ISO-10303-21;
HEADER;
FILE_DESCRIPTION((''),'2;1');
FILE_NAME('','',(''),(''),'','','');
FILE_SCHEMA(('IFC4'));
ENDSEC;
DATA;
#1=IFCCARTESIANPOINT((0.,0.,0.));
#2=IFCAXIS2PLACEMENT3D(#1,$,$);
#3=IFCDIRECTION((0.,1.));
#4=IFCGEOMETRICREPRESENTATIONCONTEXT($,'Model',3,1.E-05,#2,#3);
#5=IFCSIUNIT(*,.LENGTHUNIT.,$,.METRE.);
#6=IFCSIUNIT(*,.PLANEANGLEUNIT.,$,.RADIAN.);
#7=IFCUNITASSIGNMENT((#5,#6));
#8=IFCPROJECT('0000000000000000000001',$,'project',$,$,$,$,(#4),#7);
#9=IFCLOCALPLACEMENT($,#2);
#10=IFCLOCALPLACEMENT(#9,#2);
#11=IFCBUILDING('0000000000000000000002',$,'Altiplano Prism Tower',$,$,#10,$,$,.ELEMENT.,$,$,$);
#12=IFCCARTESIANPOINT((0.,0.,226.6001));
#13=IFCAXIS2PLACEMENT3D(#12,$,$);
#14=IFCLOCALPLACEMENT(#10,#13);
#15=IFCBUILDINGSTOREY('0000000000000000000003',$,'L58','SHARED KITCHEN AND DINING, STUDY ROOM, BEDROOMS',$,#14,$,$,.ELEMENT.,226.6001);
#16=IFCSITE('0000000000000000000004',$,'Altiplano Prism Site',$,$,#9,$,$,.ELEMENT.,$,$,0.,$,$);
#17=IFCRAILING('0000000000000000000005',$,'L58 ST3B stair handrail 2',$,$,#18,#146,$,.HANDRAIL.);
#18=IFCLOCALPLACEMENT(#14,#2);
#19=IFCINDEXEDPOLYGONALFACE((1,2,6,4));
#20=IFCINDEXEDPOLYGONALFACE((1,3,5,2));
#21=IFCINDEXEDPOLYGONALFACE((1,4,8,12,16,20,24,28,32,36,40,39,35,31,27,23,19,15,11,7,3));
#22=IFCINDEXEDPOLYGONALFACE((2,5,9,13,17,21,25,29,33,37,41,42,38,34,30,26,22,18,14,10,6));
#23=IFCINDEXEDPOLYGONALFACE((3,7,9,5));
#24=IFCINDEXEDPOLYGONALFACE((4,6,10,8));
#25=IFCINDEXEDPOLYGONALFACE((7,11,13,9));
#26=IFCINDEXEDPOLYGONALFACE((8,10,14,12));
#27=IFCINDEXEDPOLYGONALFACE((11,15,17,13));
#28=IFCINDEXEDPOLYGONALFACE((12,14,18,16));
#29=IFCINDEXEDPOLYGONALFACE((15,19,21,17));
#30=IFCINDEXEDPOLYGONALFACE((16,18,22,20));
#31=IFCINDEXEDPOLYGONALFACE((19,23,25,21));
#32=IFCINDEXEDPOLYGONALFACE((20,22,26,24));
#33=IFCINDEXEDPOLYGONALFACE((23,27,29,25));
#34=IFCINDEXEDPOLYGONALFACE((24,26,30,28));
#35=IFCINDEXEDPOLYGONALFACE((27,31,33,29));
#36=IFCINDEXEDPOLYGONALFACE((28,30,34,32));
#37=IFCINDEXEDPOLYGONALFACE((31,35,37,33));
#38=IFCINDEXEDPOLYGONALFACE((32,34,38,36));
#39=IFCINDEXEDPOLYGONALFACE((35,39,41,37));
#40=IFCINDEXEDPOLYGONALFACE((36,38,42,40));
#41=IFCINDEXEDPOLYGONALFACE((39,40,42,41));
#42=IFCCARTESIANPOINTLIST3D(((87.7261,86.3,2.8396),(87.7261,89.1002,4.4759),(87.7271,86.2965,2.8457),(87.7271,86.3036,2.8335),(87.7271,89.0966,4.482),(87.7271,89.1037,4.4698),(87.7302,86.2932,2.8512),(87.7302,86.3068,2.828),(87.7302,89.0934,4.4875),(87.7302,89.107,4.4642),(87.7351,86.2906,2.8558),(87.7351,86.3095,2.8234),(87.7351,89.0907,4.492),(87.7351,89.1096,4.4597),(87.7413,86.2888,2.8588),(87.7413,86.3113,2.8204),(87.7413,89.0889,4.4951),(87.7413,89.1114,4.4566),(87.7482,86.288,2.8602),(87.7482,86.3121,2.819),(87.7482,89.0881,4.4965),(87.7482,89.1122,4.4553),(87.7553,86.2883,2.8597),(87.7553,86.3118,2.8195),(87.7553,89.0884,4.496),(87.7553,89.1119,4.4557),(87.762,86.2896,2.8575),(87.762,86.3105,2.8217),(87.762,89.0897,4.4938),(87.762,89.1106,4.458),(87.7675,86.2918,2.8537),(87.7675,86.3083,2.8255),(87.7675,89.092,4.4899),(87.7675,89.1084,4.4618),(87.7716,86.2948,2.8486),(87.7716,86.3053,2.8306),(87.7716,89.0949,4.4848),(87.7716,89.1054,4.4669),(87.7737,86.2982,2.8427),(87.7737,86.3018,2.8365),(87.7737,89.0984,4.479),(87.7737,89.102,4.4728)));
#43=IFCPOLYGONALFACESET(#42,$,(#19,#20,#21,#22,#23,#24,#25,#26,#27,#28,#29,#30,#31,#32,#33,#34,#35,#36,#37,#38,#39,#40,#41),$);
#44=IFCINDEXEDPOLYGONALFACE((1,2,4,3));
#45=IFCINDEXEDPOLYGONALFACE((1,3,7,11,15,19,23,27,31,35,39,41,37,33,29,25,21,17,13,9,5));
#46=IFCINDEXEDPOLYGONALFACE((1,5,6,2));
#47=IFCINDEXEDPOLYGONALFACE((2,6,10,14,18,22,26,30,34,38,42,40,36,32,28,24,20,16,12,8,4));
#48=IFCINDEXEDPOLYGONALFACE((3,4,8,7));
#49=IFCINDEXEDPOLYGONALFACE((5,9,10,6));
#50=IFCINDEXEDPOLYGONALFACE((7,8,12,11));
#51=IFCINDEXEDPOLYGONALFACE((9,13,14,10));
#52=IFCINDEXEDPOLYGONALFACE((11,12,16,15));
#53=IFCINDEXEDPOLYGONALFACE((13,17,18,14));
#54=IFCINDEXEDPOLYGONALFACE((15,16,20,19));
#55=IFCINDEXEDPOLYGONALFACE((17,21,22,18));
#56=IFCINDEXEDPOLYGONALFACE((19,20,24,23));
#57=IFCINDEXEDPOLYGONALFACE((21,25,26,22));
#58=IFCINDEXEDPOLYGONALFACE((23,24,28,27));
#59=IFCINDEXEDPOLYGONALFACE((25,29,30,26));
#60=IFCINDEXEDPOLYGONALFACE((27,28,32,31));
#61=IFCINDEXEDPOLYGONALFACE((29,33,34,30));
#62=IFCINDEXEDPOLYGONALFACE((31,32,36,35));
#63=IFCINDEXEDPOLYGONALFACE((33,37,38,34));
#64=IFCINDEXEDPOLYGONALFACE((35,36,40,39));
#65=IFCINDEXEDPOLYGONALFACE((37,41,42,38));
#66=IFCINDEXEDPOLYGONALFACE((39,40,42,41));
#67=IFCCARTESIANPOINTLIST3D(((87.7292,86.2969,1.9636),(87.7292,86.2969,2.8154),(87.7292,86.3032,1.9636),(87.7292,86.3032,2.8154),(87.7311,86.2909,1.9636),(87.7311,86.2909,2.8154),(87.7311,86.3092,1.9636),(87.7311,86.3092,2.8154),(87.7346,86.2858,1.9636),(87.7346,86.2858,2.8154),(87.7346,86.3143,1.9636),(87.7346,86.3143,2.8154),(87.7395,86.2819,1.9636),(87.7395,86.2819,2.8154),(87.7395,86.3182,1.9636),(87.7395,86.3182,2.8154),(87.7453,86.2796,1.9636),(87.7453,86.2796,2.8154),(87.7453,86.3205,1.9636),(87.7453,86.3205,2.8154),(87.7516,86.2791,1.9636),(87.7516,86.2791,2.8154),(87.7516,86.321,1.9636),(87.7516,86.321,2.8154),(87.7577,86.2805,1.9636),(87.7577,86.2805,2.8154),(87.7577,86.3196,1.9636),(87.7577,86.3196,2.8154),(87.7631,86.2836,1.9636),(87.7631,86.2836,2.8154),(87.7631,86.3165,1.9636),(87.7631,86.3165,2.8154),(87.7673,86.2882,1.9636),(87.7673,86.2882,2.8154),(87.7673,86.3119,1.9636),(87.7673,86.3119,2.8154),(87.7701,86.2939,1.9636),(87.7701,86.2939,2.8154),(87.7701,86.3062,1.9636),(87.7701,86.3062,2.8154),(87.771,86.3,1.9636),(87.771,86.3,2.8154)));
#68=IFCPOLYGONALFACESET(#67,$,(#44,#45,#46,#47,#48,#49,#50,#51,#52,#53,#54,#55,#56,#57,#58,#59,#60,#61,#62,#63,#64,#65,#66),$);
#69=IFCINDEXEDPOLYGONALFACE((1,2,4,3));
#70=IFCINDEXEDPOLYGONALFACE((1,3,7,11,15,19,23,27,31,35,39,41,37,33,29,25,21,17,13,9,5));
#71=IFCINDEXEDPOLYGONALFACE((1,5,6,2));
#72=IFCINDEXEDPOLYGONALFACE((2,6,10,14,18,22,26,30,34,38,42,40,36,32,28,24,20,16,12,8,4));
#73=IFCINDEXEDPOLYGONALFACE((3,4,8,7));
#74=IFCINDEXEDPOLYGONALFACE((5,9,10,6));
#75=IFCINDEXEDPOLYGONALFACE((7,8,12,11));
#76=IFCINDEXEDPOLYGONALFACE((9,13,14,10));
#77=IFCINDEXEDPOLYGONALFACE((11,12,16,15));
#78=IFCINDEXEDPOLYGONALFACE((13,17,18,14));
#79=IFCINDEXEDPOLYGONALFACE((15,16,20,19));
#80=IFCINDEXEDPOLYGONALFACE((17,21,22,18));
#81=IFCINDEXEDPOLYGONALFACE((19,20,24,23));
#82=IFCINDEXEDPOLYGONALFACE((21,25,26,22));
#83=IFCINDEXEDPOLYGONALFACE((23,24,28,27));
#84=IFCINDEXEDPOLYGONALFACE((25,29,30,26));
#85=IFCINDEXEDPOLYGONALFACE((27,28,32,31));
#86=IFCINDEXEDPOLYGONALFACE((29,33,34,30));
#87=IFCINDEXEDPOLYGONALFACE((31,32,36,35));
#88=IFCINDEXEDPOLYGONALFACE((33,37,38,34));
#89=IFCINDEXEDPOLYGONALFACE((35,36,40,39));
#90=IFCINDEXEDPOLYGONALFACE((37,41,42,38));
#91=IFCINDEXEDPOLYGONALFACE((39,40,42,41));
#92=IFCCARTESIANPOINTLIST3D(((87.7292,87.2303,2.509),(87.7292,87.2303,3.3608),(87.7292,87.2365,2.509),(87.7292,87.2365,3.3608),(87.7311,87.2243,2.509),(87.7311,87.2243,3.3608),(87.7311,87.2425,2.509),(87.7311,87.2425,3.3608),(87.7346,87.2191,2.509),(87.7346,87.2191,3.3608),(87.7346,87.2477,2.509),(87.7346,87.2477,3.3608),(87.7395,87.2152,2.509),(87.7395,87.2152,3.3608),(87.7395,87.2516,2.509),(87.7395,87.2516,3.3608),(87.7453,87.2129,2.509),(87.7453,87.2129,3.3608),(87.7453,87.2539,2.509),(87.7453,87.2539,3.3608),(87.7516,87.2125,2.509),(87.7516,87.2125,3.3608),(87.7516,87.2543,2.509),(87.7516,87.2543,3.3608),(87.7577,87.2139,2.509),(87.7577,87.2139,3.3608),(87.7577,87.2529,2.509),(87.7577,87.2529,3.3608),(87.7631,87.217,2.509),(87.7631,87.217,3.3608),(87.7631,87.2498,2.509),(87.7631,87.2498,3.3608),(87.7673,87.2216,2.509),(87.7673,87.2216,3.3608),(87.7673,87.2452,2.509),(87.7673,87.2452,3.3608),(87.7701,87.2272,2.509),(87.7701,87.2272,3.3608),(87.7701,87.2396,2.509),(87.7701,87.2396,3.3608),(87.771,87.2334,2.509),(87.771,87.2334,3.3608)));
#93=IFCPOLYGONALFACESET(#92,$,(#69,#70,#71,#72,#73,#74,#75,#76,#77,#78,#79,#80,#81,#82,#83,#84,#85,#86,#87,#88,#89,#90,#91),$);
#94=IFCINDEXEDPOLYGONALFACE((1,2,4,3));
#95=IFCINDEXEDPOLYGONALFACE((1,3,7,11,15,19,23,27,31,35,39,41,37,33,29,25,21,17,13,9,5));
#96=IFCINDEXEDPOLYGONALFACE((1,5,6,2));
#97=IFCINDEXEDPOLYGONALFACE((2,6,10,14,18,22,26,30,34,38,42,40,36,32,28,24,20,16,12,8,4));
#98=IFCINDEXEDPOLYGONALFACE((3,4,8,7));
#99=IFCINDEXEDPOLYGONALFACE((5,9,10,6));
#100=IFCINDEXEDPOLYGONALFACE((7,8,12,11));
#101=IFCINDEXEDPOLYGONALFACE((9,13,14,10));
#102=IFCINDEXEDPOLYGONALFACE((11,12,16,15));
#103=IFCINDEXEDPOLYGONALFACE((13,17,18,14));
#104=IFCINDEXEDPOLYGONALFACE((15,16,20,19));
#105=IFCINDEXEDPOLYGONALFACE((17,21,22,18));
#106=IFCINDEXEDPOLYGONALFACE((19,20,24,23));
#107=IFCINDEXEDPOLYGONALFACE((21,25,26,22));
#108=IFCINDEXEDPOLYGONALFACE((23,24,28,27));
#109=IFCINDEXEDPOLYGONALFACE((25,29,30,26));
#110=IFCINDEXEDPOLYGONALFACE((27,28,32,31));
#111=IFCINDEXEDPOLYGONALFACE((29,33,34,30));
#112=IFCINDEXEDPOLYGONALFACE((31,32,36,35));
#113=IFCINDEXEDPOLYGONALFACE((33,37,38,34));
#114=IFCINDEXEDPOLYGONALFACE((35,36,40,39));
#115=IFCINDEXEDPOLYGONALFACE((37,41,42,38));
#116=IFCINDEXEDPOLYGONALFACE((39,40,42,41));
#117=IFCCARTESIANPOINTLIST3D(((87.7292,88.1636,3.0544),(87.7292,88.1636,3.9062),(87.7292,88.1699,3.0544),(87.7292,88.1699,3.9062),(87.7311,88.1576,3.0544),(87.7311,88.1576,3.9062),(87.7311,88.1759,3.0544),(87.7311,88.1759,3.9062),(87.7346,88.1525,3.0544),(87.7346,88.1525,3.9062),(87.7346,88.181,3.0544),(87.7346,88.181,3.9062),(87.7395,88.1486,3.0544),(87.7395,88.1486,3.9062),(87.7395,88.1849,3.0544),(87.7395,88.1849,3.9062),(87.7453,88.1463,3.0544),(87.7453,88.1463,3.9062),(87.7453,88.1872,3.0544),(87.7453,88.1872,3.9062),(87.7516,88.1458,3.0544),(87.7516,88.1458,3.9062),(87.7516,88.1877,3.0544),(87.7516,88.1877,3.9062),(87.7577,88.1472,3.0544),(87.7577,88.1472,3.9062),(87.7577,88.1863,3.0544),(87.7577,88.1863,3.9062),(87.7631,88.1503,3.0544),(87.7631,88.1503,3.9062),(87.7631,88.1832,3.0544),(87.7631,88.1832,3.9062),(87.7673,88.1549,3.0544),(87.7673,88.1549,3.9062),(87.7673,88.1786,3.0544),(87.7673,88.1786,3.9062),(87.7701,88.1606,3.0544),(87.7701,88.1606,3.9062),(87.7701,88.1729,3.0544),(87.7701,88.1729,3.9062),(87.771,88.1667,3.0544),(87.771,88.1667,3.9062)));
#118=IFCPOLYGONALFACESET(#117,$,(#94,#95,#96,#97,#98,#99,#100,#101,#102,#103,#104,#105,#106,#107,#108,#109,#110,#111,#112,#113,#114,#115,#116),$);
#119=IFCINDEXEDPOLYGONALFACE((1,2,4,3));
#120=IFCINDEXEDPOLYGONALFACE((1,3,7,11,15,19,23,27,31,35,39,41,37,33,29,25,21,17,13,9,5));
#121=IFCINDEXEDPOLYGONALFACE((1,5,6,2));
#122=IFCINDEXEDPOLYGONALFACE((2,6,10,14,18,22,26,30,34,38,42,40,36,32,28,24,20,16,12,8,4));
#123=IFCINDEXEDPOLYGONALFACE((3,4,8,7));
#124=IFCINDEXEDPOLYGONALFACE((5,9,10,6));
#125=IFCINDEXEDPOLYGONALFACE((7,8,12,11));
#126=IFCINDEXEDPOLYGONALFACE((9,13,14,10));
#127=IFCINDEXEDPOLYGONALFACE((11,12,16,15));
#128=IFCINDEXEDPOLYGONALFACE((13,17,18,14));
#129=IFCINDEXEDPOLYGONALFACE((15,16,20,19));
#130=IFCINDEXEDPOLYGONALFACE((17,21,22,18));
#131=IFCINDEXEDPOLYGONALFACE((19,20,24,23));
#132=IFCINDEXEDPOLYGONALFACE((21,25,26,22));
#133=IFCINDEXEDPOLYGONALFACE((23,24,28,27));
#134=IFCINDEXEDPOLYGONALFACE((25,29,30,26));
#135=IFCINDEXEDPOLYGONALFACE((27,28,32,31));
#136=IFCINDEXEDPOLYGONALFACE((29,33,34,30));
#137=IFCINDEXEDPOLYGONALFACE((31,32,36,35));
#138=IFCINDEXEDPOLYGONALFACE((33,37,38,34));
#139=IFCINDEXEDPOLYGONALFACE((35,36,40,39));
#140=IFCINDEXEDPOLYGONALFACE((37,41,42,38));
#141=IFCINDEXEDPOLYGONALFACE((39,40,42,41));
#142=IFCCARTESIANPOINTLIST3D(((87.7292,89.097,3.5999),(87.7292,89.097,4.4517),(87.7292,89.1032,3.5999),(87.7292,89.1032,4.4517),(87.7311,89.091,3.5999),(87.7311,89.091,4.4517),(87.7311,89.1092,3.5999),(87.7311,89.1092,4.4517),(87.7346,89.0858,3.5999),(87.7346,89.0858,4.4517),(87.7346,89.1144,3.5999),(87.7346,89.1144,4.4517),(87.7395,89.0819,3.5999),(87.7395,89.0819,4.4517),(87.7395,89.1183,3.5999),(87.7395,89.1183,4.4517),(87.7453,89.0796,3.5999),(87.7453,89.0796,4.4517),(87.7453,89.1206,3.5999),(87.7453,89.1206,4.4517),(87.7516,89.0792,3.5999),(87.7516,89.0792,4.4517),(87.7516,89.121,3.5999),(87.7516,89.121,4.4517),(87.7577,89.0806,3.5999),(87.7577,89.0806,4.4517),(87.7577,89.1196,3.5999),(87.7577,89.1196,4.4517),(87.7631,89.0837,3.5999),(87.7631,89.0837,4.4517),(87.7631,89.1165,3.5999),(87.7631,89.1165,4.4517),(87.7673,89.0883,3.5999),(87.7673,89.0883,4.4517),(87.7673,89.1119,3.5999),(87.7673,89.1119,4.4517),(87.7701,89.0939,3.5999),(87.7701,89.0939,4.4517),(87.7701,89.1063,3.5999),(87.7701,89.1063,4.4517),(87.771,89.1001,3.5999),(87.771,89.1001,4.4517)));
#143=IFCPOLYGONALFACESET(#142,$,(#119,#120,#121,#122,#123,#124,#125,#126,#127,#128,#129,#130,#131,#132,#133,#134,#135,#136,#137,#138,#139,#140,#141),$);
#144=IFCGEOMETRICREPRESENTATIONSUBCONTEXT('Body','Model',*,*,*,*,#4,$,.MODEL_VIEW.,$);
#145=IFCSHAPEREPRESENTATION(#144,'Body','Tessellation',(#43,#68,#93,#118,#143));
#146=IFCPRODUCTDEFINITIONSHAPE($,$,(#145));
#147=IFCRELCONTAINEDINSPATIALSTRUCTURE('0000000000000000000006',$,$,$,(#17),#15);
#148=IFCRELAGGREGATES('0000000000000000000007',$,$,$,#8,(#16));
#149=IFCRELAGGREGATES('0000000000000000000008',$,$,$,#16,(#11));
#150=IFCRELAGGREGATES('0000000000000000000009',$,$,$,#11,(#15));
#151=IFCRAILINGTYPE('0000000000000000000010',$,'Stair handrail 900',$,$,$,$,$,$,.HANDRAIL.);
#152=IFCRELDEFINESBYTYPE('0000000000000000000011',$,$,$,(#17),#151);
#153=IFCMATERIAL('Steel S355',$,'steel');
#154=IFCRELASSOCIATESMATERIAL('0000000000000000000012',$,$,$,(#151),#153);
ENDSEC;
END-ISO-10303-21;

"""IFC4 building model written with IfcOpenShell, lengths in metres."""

from ifc_helpers import new_model, si_unit, direction, frame, origin, origin_2d, place, context, subcontext, project, spatial, circle, extrude, material, type_object, element, save


model = new_model("IFC4")

# Units and contexts
model_context = context("Model", 3, precision=1e-05, world=origin(), true_north=direction((0.0, 1.0)))
body_context = subcontext(model_context, "Body", "Model", "MODEL_VIEW")
ifc_project = project(units=[si_unit("LENGTHUNIT", "METRE"), si_unit("PLANEANGLEUNIT", "RADIAN")], contexts=[model_context])

# Site, building, storey
site_placement = place(None, origin())
site = spatial("IfcSite", under=ifc_project, at=site_placement, Name="Altiplano Prism Site", CompositionType="ELEMENT", RefElevation=0.0)
building_placement = place(site_placement, origin())
building = spatial("IfcBuilding", under=site, at=building_placement, Name="Altiplano Prism Tower", CompositionType="ELEMENT")
storey_placement = place(building_placement, frame((0.0, 0.0, 226.6001)))
storey = spatial("IfcBuildingStorey", under=building, at=storey_placement, Name="L58", Description="SHARED KITCHEN AND DINING, STUDY ROOM, BEDROOMS", CompositionType="ELEMENT", Elevation=226.6001)

# Railing
ifc_material_1 = material(Name="Steel S355", Category="steel")
railing_type = type_object("IfcRailingType", Name="Stair handrail 900", PredefinedType="HANDRAIL", material=ifc_material_1)
railing_1_placement = place(storey_placement, frame((87.75, 86.3, 1.9636)))
element("IfcRailing", 1, at=railing_1_placement, inside=storey, type_object=railing_type, Name="L58 ST3B stair handrail 2", PredefinedType="HANDRAIL", context=body_context, shape_type="SweptSolid", body=[
    extrude(circle(Radius=0.0239, at=origin_2d()), frame((0.0, 0.0, 0.876), z_axis=(0.0, 0.863394, 0.504531), x_axis=(-1.0, 0.0, 0.0)), (0.0, 0.0, 1.0), 3.2432),
    extrude(circle(Radius=0.021, at=origin_2d()), origin(), (0.0, 0.0, 1.0), 0.8518),
    extrude(circle(Radius=0.021, at=origin_2d()), frame((0.0, 0.9333, 0.5454)), (0.0, 0.0, 1.0), 0.8518),
    extrude(circle(Radius=0.021, at=origin_2d()), frame((0.0, 1.8667, 1.0908)), (0.0, 0.0, 1.0), 0.8518),
    extrude(circle(Radius=0.021, at=origin_2d()), frame((0.0, 2.8, 1.6362)), (0.0, 0.0, 1.0), 0.8518),
])

save(model, "model.ifc")
